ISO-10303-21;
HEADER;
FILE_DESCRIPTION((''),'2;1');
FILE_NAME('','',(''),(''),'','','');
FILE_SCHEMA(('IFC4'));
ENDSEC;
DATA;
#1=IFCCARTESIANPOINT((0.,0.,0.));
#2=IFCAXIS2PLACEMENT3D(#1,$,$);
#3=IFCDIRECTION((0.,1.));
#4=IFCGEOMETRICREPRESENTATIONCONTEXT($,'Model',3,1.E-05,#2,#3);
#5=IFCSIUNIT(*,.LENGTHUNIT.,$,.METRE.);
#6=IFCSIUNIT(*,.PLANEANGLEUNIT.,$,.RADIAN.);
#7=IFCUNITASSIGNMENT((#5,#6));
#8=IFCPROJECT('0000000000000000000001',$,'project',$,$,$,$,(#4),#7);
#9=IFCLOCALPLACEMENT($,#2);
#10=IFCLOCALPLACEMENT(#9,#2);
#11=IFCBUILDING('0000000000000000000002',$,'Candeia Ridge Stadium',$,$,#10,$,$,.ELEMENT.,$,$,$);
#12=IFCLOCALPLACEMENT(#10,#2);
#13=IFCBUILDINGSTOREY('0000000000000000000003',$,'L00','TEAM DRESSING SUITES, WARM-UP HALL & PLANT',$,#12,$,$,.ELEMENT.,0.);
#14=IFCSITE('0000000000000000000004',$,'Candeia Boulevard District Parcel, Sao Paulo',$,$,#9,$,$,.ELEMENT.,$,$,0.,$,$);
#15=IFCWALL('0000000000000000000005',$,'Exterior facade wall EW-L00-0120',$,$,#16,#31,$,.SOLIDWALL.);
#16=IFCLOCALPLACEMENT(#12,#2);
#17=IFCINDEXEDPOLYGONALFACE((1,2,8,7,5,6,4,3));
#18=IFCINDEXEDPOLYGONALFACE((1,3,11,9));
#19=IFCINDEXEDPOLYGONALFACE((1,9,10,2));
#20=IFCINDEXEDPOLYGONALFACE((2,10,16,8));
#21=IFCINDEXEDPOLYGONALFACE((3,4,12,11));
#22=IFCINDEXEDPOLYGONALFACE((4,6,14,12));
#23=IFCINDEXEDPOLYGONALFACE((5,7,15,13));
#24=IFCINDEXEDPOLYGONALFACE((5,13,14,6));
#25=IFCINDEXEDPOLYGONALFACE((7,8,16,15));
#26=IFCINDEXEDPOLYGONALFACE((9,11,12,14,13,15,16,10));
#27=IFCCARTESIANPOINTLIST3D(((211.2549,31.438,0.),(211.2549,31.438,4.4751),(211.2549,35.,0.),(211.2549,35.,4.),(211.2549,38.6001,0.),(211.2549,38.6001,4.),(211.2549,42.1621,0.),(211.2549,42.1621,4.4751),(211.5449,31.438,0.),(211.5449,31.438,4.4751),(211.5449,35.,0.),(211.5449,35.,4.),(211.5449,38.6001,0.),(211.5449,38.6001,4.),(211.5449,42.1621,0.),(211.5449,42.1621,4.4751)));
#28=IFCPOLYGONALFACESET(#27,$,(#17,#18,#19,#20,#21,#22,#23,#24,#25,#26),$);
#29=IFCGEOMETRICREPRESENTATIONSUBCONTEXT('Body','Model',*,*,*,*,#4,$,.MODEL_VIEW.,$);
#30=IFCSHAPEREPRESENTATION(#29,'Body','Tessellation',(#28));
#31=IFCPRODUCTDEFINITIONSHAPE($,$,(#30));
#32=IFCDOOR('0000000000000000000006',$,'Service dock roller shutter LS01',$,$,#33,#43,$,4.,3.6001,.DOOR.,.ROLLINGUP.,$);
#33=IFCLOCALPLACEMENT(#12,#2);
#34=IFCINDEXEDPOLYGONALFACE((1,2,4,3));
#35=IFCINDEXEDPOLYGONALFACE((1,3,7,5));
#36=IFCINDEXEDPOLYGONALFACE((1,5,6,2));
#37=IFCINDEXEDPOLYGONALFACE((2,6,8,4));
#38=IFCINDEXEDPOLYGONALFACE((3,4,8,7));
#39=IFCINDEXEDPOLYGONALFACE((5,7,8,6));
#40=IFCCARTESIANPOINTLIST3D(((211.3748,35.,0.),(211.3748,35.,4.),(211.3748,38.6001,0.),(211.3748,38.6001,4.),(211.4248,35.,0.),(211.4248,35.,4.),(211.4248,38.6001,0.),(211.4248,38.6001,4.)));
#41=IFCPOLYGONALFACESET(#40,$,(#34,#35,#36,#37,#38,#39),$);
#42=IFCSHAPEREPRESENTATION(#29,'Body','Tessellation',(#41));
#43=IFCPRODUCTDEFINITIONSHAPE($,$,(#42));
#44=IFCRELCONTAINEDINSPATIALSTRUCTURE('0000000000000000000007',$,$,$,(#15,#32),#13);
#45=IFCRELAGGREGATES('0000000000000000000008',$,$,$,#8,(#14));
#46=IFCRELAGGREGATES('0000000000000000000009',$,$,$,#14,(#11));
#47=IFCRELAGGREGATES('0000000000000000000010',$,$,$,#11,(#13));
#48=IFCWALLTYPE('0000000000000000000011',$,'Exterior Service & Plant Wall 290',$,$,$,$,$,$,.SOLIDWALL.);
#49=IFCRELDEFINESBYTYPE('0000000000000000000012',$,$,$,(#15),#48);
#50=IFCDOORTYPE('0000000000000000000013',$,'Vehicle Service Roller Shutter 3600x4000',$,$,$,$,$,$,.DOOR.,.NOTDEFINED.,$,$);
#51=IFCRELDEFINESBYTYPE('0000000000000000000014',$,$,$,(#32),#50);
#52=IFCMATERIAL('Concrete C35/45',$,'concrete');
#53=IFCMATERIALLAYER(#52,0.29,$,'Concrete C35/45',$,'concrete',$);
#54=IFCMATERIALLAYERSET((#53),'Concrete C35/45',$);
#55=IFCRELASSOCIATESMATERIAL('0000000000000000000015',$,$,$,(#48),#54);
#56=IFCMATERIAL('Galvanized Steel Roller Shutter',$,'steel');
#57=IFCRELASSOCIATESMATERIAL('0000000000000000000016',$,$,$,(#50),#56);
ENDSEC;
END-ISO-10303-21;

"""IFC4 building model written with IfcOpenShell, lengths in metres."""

from ifc_helpers import new_model, si_unit, direction, frame, frame_2d, origin, place, context, subcontext, project, spatial, rectangle, extrude, material, layer, layer_set, type_object, element, fill, save


model = new_model("IFC4")

# Units and contexts
model_context = context("Model", 3, precision=1e-05, world=origin(), true_north=direction((0.0, 1.0)))
body_context = subcontext(model_context, "Body", "Model", "MODEL_VIEW")
ifc_project = project(units=[si_unit("LENGTHUNIT", "METRE"), si_unit("PLANEANGLEUNIT", "RADIAN")], contexts=[model_context])

# Site, building, storey
site_placement = place(None, origin())
site = spatial("IfcSite", under=ifc_project, at=site_placement, Name="Candeia Boulevard District Parcel, Sao Paulo", CompositionType="ELEMENT", RefElevation=0.0)
building_placement = place(site_placement, origin())
building = spatial("IfcBuilding", under=site, at=building_placement, Name="Candeia Ridge Stadium", CompositionType="ELEMENT")
storey_placement = place(building_placement, origin())
storey = spatial("IfcBuildingStorey", under=building, at=storey_placement, Name="L00", Description="TEAM DRESSING SUITES, WARM-UP HALL & PLANT", CompositionType="ELEMENT", Elevation=0.0)

# Wall, opening, door
ifc_material_1 = material(Name="Concrete C35/45", Category="concrete")
ifc_layer = layer(ifc_material_1, 0.29, Name="Concrete C35/45", Category="concrete")
ifc_layer_set = layer_set([ifc_layer], Name="Concrete C35/45")
wall_type = type_object("IfcWallType", Name="Exterior Service & Plant Wall 290", PredefinedType="SOLIDWALL", material=ifc_layer_set)
wall_1_placement = place(storey_placement, frame((211.3999, 31.438, 0.0), z_axis=(0.0, 0.0, 1.0), x_axis=(0.0, 1.0, 0.0)))
wall_1 = element("IfcWall", 1, at=wall_1_placement, inside=storey, type_object=wall_type, Name="Exterior facade wall EW-L00-0120", PredefinedType="SOLIDWALL", context=body_context, shape_type="SweptSolid", body=[
    extrude(rectangle(XDim=10.7241, YDim=0.29, at=frame_2d((5.3621, 0.0))), origin(), (0.0, 0.0, 1.0), 4.4751),
])
opening_1_placement = place(wall_1_placement, frame((3.562, 0.0, 0.0)))
opening_1 = element("IfcOpeningElement", 2, at=opening_1_placement, cuts=wall_1, PredefinedType="OPENING", context=body_context, shape_type="SweptSolid", body=[
    extrude(rectangle(XDim=3.6001, YDim=4.0, at=frame_2d((1.8, 2.0))), frame((0.0, 0.155, 0.0), z_axis=(0.0, -1.0, 0.0), x_axis=(1.0, 0.0, 0.0)), (0.0, 0.0, 1.0), 0.3101),
])
ifc_material_2 = material(Name="Galvanized Steel Roller Shutter", Category="steel")
door_type_1 = type_object("IfcDoorType", Name="Vehicle Service Roller Shutter 3600x4000", OperationType="NOTDEFINED", PredefinedType="DOOR", material=ifc_material_2)
door_1_placement = place(opening_1_placement, frame((3.6001, 0.0, 0.0), z_axis=(0.0, 0.0, 1.0), x_axis=(-1.0, 0.0, 0.0)))
door_1 = element("IfcDoor", 3, at=door_1_placement, inside=storey, type_object=door_type_1, Name="Service dock roller shutter LS01", OperationType="ROLLINGUP", OverallHeight=4.0, OverallWidth=3.6001, PredefinedType="DOOR", context=body_context, shape_type="SweptSolid", body=[
    extrude(rectangle(XDim=3.6001, YDim=4.0, at=frame_2d((1.8, 2.0))), frame((0.0, 0.0249, 0.0), z_axis=(0.0, -1.0, 0.0), x_axis=(1.0, 0.0, 0.0)), (0.0, 0.0, 1.0), 0.05),
])
fill(opening_1, door_1)

save(model, "model.ifc")
